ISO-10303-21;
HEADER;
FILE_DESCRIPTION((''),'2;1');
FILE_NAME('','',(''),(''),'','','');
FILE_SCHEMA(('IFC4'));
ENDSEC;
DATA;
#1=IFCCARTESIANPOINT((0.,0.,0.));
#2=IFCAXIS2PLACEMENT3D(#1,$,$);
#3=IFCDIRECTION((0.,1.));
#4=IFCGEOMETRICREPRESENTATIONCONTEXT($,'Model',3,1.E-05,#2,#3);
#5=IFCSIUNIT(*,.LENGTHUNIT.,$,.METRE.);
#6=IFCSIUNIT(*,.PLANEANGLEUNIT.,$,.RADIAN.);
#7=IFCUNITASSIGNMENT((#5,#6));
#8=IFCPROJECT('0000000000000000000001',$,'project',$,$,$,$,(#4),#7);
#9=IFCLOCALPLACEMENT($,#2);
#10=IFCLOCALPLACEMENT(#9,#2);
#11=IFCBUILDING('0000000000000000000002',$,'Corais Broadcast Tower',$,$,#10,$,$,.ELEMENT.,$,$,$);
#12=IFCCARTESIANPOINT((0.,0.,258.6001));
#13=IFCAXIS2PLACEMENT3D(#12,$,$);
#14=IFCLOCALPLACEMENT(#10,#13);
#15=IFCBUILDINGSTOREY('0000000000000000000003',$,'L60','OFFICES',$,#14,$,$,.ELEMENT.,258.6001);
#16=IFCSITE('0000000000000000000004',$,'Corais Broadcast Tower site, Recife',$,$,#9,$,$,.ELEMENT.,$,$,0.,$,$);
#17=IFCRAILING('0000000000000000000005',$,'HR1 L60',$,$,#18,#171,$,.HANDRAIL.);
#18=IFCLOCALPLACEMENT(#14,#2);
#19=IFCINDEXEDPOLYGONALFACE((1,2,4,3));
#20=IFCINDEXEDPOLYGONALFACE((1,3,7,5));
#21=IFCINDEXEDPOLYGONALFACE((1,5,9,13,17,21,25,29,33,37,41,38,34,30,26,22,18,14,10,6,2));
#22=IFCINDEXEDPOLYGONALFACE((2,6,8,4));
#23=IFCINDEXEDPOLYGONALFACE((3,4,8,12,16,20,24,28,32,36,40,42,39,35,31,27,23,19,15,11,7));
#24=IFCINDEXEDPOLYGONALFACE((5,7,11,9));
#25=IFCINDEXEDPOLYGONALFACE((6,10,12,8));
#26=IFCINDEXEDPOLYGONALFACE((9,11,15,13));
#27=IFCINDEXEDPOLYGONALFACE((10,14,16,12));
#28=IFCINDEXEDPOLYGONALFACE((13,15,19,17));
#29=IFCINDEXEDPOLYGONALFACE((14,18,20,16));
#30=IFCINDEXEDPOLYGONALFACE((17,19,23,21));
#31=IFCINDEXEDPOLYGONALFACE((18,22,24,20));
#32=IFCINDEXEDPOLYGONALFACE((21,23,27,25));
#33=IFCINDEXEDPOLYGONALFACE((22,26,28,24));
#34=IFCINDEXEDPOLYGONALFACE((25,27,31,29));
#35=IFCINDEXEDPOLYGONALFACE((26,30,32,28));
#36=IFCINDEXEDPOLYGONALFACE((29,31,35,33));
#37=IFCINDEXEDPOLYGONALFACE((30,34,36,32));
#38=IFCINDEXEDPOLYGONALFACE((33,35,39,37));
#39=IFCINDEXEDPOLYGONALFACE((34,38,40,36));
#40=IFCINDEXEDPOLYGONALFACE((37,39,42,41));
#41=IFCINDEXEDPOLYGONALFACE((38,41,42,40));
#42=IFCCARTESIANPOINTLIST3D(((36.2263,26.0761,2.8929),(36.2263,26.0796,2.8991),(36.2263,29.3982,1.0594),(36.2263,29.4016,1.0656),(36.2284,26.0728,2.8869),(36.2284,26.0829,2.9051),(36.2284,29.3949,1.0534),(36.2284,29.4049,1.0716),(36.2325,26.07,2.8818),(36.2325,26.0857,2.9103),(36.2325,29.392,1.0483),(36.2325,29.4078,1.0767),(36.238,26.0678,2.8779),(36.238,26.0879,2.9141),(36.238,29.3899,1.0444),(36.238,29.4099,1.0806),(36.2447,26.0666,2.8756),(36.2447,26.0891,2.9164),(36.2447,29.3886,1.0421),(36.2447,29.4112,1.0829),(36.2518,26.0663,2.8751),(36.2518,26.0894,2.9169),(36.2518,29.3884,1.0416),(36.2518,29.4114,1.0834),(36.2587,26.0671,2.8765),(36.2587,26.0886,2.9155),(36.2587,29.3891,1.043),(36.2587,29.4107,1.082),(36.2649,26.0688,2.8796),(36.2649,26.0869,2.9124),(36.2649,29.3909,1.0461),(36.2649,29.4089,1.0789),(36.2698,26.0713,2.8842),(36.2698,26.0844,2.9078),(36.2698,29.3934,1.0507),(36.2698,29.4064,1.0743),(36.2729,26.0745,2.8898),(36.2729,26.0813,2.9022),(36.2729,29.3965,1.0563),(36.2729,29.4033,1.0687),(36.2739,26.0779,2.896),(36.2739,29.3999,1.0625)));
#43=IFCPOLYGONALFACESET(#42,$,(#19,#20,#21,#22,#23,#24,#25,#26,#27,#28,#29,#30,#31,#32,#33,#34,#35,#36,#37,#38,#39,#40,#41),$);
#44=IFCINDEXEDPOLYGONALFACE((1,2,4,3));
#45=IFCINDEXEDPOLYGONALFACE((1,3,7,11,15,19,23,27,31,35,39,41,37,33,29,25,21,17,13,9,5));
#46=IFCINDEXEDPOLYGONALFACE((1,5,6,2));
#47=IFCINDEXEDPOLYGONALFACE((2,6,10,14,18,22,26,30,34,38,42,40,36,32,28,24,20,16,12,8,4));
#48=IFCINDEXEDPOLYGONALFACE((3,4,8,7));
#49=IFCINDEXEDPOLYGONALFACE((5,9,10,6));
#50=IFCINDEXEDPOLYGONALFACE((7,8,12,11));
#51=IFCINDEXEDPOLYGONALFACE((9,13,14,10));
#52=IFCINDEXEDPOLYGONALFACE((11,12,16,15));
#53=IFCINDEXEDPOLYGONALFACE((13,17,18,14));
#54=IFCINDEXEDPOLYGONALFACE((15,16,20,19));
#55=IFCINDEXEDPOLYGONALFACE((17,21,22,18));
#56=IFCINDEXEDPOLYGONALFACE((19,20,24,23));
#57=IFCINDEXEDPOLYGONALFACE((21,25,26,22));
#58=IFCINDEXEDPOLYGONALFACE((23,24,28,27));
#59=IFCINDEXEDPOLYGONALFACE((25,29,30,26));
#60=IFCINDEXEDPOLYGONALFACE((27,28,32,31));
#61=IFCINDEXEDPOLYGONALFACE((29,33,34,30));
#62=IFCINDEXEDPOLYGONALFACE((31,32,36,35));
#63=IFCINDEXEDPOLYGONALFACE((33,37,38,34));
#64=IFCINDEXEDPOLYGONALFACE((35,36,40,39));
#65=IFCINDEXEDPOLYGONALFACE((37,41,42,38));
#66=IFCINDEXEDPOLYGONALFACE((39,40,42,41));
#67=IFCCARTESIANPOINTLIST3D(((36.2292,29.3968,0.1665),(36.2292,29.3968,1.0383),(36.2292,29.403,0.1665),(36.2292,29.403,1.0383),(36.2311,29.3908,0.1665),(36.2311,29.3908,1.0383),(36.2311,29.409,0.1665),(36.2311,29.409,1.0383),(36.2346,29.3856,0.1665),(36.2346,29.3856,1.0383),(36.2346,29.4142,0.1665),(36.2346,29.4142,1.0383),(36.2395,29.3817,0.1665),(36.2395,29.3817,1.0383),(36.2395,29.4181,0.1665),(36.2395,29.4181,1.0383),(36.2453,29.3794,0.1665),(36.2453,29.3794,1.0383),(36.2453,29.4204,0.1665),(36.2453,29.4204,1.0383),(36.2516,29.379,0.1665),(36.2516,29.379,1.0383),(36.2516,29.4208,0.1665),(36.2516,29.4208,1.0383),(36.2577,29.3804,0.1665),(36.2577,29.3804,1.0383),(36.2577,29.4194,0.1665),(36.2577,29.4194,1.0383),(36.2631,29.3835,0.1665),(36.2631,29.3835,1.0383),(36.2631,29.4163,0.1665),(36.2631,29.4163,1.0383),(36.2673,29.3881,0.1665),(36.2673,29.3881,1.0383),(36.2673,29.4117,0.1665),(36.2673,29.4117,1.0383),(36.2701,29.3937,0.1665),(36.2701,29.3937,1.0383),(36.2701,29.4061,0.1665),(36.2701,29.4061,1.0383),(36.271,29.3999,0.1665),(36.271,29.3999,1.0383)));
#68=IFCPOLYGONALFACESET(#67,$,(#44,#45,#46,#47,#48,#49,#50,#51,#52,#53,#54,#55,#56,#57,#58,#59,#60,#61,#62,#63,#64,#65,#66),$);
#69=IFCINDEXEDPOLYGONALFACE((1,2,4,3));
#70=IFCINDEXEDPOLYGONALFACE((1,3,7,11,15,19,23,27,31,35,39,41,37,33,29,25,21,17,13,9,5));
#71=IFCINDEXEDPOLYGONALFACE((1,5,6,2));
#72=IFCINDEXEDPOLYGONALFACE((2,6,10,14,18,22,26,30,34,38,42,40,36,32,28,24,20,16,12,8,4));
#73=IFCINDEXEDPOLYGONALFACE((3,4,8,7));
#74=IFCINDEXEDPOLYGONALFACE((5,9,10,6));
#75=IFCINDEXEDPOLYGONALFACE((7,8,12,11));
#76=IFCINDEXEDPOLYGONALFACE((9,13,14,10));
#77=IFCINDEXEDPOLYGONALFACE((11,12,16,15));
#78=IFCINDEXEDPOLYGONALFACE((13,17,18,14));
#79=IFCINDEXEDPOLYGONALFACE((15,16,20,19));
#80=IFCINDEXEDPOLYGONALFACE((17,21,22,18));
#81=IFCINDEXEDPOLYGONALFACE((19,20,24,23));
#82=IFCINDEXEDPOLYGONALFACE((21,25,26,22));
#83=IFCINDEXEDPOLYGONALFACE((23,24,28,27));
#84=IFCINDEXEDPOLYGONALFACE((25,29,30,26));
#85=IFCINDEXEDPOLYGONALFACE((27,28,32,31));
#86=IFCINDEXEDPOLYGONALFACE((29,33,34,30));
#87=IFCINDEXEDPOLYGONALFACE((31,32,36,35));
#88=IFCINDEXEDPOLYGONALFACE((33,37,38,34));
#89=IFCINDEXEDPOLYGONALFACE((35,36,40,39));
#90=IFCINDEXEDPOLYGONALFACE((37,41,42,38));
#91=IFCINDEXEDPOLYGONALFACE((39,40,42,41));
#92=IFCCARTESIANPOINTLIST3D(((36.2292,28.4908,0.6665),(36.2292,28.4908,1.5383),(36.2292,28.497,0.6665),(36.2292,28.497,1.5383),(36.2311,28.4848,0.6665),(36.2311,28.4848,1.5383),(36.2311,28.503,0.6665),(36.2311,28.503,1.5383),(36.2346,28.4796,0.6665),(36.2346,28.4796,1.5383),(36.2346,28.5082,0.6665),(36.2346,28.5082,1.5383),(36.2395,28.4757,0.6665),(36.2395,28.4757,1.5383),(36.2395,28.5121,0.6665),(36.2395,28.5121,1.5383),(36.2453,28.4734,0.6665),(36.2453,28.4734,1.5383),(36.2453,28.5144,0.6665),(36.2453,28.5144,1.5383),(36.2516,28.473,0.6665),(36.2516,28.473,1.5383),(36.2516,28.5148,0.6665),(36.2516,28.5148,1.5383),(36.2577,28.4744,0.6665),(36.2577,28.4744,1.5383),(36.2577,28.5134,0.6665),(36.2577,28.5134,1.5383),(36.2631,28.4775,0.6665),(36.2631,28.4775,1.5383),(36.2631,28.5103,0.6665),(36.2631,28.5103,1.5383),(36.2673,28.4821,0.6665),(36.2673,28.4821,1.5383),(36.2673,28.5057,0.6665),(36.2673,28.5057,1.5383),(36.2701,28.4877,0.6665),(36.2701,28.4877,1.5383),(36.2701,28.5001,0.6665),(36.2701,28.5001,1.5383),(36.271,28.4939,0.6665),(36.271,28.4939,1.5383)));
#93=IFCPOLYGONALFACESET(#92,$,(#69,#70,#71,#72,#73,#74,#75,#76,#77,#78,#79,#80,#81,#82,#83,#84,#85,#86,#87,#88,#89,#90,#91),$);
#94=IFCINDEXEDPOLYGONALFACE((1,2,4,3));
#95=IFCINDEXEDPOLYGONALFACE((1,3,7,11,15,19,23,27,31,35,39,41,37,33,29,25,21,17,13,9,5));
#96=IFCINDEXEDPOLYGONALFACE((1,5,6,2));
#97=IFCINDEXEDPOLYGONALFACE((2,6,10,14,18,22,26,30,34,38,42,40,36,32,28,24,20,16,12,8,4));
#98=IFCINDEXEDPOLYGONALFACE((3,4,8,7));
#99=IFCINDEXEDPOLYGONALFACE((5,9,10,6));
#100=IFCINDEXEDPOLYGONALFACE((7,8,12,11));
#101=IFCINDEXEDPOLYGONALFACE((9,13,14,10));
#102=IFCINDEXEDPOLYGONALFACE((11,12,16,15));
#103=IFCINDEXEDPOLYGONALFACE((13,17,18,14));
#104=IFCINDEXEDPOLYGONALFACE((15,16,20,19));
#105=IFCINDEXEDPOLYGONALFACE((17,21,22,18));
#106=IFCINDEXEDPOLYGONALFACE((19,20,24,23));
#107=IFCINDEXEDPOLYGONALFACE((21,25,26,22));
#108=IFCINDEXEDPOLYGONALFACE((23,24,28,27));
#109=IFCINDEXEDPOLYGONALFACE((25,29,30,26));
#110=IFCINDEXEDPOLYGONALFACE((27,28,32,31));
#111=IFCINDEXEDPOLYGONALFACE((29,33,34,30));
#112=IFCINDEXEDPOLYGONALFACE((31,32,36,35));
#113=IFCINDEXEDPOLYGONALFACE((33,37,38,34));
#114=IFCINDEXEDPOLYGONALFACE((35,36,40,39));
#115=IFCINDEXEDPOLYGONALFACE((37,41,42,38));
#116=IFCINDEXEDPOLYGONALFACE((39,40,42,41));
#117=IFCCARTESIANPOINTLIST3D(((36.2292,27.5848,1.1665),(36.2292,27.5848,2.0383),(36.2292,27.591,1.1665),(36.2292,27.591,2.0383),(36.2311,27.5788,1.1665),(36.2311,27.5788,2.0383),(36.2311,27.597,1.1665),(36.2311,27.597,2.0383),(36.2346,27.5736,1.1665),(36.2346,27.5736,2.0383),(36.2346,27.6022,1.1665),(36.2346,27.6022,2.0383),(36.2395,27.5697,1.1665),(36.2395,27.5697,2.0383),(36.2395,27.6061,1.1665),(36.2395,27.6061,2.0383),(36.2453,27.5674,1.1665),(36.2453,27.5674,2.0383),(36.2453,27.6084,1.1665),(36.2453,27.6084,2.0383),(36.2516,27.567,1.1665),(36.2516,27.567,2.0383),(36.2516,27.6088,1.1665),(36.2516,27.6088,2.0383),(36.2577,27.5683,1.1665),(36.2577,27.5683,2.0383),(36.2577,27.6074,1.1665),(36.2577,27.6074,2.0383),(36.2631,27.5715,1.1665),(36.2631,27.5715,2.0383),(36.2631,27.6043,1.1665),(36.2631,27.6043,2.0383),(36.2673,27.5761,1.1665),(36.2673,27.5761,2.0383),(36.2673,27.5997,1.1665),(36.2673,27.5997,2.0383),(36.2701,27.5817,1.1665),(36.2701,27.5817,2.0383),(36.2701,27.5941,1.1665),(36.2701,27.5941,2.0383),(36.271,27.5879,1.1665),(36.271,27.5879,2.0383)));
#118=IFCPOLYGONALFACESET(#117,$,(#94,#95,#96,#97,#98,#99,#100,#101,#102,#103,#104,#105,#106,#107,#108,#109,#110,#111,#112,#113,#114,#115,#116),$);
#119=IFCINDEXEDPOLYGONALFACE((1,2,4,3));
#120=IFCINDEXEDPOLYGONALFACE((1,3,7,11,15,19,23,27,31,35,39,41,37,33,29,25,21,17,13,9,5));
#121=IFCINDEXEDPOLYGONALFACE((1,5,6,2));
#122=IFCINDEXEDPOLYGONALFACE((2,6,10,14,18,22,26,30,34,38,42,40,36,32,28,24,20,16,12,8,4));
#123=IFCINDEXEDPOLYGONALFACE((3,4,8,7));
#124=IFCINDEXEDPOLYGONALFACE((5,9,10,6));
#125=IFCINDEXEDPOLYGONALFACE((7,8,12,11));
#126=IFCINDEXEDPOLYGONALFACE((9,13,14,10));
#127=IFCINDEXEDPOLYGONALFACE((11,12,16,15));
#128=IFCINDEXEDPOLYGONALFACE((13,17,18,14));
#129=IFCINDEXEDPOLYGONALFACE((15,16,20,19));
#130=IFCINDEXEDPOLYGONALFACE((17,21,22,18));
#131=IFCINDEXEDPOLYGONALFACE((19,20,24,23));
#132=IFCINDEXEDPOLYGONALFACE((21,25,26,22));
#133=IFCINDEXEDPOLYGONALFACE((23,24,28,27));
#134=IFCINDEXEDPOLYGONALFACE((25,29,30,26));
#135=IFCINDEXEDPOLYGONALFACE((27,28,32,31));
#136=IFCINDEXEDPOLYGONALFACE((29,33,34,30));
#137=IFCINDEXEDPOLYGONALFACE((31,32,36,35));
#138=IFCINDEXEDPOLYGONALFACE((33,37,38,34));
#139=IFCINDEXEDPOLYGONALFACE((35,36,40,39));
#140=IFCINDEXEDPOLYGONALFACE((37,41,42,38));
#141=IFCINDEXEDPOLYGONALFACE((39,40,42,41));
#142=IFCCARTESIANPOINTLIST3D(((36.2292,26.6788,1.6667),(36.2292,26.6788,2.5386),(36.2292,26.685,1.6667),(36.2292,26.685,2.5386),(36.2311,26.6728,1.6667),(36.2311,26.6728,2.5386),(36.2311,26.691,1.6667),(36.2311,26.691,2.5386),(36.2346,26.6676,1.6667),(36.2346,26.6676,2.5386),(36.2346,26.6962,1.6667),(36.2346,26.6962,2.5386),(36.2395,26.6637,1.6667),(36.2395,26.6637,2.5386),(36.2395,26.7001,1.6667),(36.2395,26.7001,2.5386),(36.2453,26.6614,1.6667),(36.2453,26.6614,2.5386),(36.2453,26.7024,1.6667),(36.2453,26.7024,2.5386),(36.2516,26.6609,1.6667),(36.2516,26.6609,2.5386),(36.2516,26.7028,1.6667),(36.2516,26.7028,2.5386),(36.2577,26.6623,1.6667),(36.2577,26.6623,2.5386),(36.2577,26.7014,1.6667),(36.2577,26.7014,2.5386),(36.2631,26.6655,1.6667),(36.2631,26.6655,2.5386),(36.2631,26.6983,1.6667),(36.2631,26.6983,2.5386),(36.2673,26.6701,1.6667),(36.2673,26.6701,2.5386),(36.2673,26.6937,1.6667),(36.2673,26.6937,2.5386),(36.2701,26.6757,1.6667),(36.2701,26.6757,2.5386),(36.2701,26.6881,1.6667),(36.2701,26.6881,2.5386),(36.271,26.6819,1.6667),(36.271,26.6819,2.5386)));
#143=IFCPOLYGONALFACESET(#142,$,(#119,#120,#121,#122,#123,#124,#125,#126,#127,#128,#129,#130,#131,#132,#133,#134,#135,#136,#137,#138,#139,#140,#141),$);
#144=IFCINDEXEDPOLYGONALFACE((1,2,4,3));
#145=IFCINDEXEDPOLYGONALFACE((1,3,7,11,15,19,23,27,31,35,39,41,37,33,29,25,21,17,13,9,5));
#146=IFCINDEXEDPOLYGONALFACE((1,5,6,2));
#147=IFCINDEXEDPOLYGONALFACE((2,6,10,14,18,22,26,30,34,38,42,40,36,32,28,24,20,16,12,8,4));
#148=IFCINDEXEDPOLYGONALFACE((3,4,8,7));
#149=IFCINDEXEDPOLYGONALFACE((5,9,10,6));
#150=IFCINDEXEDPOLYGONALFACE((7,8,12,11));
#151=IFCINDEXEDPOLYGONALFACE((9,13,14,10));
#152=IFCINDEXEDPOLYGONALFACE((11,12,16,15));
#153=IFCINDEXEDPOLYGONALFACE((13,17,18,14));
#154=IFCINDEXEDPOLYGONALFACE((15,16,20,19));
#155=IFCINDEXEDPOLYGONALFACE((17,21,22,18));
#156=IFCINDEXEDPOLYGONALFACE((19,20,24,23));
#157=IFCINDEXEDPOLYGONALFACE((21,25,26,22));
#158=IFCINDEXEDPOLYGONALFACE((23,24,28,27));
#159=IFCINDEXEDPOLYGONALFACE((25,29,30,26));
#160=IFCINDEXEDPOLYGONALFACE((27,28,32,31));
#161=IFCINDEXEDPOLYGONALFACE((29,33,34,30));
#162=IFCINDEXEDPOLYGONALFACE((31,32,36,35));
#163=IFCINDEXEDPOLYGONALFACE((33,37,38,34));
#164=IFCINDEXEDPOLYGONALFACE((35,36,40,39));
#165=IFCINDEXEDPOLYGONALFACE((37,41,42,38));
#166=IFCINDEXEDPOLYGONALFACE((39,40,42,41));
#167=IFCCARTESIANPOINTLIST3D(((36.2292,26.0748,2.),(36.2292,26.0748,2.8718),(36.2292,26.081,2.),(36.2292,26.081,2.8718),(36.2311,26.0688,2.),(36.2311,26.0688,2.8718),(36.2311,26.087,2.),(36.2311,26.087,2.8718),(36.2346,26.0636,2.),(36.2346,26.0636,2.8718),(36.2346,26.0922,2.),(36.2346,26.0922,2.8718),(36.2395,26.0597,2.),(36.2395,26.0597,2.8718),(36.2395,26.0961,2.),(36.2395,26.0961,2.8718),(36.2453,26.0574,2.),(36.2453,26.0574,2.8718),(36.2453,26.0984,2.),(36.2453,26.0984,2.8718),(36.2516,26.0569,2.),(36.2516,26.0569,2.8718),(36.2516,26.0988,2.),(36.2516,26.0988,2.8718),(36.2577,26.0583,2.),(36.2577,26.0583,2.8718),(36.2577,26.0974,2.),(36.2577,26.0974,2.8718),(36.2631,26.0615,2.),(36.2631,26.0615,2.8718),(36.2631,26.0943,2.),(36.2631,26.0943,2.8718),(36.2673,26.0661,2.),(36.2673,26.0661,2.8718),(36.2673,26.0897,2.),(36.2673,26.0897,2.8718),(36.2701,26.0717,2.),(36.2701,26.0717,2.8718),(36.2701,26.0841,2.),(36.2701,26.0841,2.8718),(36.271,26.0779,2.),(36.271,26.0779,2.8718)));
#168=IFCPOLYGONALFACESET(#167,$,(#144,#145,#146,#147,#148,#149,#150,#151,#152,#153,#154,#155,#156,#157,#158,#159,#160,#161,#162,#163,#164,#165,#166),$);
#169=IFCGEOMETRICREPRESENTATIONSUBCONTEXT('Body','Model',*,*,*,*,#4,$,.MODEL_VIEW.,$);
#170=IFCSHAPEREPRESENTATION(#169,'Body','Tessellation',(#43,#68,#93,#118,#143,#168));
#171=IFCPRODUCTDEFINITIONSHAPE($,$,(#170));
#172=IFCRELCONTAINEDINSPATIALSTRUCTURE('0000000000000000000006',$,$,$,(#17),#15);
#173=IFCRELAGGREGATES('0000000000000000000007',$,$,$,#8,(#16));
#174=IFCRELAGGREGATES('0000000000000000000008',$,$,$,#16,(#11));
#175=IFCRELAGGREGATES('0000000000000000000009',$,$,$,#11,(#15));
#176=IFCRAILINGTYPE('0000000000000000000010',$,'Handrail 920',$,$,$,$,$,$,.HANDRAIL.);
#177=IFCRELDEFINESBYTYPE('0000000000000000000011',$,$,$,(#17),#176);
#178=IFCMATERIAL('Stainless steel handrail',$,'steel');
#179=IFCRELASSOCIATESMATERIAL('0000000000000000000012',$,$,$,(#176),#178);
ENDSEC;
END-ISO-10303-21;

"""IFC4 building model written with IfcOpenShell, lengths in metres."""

from ifc_helpers import new_model, si_unit, direction, frame, origin, origin_2d, place, context, subcontext, project, spatial, circle, extrude, material, type_object, element, save


model = new_model("IFC4")

# Units and contexts
model_context = context("Model", 3, precision=1e-05, world=origin(), true_north=direction((0.0, 1.0)))
body_context = subcontext(model_context, "Body", "Model", "MODEL_VIEW")
ifc_project = project(units=[si_unit("LENGTHUNIT", "METRE"), si_unit("PLANEANGLEUNIT", "RADIAN")], contexts=[model_context])

# Site, building, storey
site_placement = place(None, origin())
site = spatial("IfcSite", under=ifc_project, at=site_placement, Name="Corais Broadcast Tower site, Recife", CompositionType="ELEMENT", RefElevation=0.0)
building_placement = place(site_placement, origin())
building = spatial("IfcBuilding", under=site, at=building_placement, Name="Corais Broadcast Tower", CompositionType="ELEMENT")
storey_placement = place(building_placement, frame((0.0, 0.0, 258.6001)))
storey = spatial("IfcBuildingStorey", under=building, at=storey_placement, Name="L60", Description="OFFICES", CompositionType="ELEMENT", Elevation=258.6001)

# Railing
ifc_material_1 = material(Name="Stainless steel handrail", Category="steel")
railing_type = type_object("IfcRailingType", Name="Handrail 920", PredefinedType="HANDRAIL", material=ifc_material_1)
for number, where, name in (
    (1, (36.25, 29.3999, 0.1665), "HR1 L60"),
):
    element("IfcRailing", number, at=place(storey_placement, frame(where)), inside=storey, type_object=railing_type, Name=name, PredefinedType="HANDRAIL", context=body_context, shape_type="SweptSolid", body=[
        extrude(circle(Radius=0.0239, at=origin_2d()), frame((0.0, 0.0, 0.896), z_axis=(0.0, -0.875504, 0.48321), x_axis=(1.0, 0.0, 0.0)), (0.0, 0.0, 1.0), 3.7944),
        extrude(circle(Radius=0.021, at=origin_2d()), origin(), (0.0, 0.0, 1.0), 0.8718),
        extrude(circle(Radius=0.021, at=origin_2d()), frame((0.0, -0.906, 0.5)), (0.0, 0.0, 1.0), 0.8718),
        extrude(circle(Radius=0.021, at=origin_2d()), frame((0.0, -1.812, 1.0)), (0.0, 0.0, 1.0), 0.8718),
        extrude(circle(Radius=0.021, at=origin_2d()), frame((0.0, -2.718, 1.5002)), (0.0, 0.0, 1.0), 0.8718),
        extrude(circle(Radius=0.021, at=origin_2d()), frame((0.0, -3.322, 1.8335)), (0.0, 0.0, 1.0), 0.8718),
    ])

save(model, "model.ifc")
